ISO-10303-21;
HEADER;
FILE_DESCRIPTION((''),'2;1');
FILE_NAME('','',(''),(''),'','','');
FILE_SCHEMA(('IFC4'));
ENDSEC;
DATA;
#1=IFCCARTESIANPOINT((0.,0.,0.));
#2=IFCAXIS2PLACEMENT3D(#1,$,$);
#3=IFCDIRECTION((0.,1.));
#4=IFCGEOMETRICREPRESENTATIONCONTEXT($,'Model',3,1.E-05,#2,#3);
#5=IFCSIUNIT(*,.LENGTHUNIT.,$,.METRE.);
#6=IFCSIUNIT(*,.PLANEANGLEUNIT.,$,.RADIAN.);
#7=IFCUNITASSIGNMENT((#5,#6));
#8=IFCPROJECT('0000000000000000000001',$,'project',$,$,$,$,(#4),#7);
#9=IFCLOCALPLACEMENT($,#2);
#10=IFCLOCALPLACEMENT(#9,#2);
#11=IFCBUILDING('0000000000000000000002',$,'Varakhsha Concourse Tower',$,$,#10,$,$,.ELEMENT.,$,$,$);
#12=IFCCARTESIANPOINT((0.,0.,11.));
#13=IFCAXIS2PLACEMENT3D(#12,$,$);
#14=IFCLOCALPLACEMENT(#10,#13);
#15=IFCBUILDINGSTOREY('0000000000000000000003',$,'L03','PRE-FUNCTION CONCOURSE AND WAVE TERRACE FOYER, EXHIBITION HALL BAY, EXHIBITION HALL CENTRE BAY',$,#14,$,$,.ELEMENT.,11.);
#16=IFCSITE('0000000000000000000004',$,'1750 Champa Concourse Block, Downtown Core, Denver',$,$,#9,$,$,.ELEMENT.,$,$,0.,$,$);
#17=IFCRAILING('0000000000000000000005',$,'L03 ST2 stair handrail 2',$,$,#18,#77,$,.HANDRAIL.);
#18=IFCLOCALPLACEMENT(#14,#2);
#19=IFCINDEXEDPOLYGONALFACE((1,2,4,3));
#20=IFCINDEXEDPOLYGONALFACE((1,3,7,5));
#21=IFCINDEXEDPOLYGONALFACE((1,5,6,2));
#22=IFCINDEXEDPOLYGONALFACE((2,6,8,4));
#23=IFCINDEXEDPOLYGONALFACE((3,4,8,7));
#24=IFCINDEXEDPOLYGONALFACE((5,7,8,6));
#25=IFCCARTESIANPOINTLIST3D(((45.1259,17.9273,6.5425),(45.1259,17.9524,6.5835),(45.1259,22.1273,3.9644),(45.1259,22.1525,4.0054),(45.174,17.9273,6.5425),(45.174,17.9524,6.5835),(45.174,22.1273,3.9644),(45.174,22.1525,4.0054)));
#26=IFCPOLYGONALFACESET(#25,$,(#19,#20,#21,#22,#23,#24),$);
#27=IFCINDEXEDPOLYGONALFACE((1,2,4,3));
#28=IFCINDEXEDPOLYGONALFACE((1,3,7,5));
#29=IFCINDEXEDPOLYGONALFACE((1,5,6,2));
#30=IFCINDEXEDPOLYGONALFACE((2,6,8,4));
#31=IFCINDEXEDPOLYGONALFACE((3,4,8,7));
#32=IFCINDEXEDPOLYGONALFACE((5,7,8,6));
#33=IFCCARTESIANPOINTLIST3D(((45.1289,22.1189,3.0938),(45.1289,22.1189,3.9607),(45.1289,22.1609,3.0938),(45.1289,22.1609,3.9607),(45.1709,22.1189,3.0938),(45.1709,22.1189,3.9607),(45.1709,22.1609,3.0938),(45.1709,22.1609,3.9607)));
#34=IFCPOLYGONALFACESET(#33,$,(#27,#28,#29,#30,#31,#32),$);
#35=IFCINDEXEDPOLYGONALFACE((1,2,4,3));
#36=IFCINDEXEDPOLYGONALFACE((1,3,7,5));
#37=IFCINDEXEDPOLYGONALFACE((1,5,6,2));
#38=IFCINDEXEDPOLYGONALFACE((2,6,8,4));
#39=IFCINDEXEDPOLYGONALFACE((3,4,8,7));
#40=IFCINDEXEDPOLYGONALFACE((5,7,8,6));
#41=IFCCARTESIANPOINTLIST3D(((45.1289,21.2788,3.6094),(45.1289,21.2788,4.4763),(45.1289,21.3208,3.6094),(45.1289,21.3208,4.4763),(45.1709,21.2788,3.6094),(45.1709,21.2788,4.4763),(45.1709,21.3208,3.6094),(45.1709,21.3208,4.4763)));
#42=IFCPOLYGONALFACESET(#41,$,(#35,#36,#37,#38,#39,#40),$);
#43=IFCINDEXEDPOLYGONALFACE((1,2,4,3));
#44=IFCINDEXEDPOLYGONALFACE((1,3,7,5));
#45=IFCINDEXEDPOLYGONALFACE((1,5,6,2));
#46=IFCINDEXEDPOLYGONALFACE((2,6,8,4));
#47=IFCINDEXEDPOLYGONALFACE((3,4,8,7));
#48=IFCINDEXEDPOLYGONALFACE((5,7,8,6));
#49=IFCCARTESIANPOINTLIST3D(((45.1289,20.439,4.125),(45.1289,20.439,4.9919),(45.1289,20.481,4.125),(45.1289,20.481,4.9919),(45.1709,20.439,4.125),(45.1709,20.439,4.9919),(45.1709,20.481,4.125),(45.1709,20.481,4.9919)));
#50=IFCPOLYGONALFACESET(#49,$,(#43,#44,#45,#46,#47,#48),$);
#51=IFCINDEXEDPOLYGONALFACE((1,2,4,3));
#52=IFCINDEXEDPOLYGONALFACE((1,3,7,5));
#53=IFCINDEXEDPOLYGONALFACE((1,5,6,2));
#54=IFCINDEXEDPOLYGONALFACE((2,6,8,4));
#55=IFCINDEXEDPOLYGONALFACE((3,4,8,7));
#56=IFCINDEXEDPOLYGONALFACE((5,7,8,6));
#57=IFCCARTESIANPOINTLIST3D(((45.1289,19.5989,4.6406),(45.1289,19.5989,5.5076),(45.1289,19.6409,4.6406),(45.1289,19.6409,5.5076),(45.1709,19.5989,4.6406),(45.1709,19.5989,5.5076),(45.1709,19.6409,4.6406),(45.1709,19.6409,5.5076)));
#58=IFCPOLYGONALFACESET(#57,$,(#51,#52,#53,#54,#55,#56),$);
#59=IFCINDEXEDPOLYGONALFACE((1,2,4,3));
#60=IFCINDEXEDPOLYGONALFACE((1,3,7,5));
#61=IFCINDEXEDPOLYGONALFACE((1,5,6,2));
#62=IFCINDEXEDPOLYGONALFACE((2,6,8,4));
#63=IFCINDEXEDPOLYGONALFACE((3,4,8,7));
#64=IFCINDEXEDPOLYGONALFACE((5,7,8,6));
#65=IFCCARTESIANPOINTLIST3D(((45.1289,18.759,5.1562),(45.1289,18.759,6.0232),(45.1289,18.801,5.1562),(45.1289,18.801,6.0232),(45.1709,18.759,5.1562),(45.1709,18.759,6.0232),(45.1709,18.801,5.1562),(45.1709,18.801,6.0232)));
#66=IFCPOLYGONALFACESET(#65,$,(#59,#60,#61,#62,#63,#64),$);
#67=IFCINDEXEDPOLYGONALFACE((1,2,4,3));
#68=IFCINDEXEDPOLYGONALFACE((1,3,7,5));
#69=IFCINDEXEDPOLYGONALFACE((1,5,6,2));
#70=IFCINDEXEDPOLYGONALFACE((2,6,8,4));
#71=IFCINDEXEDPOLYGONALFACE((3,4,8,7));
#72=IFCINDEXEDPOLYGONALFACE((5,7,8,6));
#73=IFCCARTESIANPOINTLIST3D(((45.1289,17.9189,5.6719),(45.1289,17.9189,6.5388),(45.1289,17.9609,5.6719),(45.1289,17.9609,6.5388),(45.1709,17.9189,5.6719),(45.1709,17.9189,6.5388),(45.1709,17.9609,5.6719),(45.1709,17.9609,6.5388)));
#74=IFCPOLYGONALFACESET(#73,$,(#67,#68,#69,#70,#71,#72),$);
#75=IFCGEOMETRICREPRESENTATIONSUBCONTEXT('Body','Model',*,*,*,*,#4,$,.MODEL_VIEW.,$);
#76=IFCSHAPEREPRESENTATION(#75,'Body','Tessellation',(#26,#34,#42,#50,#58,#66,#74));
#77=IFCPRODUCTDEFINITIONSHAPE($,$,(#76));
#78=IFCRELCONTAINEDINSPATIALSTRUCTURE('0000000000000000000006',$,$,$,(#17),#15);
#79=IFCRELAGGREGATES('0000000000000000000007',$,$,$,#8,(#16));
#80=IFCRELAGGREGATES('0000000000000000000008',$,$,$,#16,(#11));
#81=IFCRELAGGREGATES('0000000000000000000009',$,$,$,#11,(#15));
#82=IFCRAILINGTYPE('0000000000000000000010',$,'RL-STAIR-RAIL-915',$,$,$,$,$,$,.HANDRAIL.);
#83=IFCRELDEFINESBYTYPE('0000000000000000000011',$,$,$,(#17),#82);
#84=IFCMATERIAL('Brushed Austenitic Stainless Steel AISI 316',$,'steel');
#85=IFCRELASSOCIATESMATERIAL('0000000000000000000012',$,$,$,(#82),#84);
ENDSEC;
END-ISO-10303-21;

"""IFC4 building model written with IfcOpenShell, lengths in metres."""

from ifc_helpers import new_model, si_unit, direction, frame, origin, origin_2d, place, context, subcontext, project, spatial, rectangle, extrude, material, type_object, element, save


model = new_model("IFC4")

# Units and contexts
model_context = context("Model", 3, precision=1e-05, world=origin(), true_north=direction((0.0, 1.0)))
body_context = subcontext(model_context, "Body", "Model", "MODEL_VIEW")
ifc_project = project(units=[si_unit("LENGTHUNIT", "METRE"), si_unit("PLANEANGLEUNIT", "RADIAN")], contexts=[model_context])

# Site, building, storey
site_placement = place(None, origin())
site = spatial("IfcSite", under=ifc_project, at=site_placement, Name="1750 Champa Concourse Block, Downtown Core, Denver", CompositionType="ELEMENT", RefElevation=0.0)
building_placement = place(site_placement, origin())
building = spatial("IfcBuilding", under=site, at=building_placement, Name="Varakhsha Concourse Tower", CompositionType="ELEMENT")
storey_placement = place(building_placement, frame((0.0, 0.0, 11.0)))
storey = spatial("IfcBuildingStorey", under=building, at=storey_placement, Name="L03", Description="PRE-FUNCTION CONCOURSE AND WAVE TERRACE FOYER, EXHIBITION HALL BAY, EXHIBITION HALL CENTRE BAY", CompositionType="ELEMENT", Elevation=11.0)

# Railing
ifc_material_1 = material(Name="Brushed Austenitic Stainless Steel AISI 316", Category="steel")
railing_type_1 = type_object("IfcRailingType", Name="RL-STAIR-RAIL-915", PredefinedType="HANDRAIL", material=ifc_material_1)
railing_1_placement = place(storey_placement, frame((45.1499, 22.1399, 3.0938)))
element("IfcRailing", 1, at=railing_1_placement, inside=storey, type_object=railing_type_1, Name="L03 ST2 stair handrail 2", PredefinedType="HANDRAIL", context=body_context, shape_type="SweptSolid", body=[
    extrude(rectangle(XDim=0.0481, YDim=0.0481, at=origin_2d()), frame((0.0, 0.0, 0.8911), z_axis=(0.0, -0.852243, 0.523146), x_axis=(1.0, 0.0, 0.0)), (0.0, 0.0, 1.0), 4.9282),
    extrude(rectangle(XDim=0.042, YDim=0.042, at=origin_2d()), origin(), (0.0, 0.0, 1.0), 0.8669),
    extrude(rectangle(XDim=0.042, YDim=0.042, at=origin_2d()), frame((0.0, -0.8401, 0.5156)), (0.0, 0.0, 1.0), 0.8669),
    extrude(rectangle(XDim=0.042, YDim=0.042, at=origin_2d()), frame((0.0, -1.6799, 1.0312)), (0.0, 0.0, 1.0), 0.8669),
    extrude(rectangle(XDim=0.042, YDim=0.042, at=origin_2d()), frame((0.0, -2.52, 1.5469)), (0.0, 0.0, 1.0), 0.8669),
    extrude(rectangle(XDim=0.042, YDim=0.042, at=origin_2d()), frame((0.0, -3.3599, 2.0625)), (0.0, 0.0, 1.0), 0.8669),
    extrude(rectangle(XDim=0.042, YDim=0.042, at=origin_2d()), frame((0.0, -4.2, 2.5781)), (0.0, 0.0, 1.0), 0.8669),
])

save(model, "model.ifc")
